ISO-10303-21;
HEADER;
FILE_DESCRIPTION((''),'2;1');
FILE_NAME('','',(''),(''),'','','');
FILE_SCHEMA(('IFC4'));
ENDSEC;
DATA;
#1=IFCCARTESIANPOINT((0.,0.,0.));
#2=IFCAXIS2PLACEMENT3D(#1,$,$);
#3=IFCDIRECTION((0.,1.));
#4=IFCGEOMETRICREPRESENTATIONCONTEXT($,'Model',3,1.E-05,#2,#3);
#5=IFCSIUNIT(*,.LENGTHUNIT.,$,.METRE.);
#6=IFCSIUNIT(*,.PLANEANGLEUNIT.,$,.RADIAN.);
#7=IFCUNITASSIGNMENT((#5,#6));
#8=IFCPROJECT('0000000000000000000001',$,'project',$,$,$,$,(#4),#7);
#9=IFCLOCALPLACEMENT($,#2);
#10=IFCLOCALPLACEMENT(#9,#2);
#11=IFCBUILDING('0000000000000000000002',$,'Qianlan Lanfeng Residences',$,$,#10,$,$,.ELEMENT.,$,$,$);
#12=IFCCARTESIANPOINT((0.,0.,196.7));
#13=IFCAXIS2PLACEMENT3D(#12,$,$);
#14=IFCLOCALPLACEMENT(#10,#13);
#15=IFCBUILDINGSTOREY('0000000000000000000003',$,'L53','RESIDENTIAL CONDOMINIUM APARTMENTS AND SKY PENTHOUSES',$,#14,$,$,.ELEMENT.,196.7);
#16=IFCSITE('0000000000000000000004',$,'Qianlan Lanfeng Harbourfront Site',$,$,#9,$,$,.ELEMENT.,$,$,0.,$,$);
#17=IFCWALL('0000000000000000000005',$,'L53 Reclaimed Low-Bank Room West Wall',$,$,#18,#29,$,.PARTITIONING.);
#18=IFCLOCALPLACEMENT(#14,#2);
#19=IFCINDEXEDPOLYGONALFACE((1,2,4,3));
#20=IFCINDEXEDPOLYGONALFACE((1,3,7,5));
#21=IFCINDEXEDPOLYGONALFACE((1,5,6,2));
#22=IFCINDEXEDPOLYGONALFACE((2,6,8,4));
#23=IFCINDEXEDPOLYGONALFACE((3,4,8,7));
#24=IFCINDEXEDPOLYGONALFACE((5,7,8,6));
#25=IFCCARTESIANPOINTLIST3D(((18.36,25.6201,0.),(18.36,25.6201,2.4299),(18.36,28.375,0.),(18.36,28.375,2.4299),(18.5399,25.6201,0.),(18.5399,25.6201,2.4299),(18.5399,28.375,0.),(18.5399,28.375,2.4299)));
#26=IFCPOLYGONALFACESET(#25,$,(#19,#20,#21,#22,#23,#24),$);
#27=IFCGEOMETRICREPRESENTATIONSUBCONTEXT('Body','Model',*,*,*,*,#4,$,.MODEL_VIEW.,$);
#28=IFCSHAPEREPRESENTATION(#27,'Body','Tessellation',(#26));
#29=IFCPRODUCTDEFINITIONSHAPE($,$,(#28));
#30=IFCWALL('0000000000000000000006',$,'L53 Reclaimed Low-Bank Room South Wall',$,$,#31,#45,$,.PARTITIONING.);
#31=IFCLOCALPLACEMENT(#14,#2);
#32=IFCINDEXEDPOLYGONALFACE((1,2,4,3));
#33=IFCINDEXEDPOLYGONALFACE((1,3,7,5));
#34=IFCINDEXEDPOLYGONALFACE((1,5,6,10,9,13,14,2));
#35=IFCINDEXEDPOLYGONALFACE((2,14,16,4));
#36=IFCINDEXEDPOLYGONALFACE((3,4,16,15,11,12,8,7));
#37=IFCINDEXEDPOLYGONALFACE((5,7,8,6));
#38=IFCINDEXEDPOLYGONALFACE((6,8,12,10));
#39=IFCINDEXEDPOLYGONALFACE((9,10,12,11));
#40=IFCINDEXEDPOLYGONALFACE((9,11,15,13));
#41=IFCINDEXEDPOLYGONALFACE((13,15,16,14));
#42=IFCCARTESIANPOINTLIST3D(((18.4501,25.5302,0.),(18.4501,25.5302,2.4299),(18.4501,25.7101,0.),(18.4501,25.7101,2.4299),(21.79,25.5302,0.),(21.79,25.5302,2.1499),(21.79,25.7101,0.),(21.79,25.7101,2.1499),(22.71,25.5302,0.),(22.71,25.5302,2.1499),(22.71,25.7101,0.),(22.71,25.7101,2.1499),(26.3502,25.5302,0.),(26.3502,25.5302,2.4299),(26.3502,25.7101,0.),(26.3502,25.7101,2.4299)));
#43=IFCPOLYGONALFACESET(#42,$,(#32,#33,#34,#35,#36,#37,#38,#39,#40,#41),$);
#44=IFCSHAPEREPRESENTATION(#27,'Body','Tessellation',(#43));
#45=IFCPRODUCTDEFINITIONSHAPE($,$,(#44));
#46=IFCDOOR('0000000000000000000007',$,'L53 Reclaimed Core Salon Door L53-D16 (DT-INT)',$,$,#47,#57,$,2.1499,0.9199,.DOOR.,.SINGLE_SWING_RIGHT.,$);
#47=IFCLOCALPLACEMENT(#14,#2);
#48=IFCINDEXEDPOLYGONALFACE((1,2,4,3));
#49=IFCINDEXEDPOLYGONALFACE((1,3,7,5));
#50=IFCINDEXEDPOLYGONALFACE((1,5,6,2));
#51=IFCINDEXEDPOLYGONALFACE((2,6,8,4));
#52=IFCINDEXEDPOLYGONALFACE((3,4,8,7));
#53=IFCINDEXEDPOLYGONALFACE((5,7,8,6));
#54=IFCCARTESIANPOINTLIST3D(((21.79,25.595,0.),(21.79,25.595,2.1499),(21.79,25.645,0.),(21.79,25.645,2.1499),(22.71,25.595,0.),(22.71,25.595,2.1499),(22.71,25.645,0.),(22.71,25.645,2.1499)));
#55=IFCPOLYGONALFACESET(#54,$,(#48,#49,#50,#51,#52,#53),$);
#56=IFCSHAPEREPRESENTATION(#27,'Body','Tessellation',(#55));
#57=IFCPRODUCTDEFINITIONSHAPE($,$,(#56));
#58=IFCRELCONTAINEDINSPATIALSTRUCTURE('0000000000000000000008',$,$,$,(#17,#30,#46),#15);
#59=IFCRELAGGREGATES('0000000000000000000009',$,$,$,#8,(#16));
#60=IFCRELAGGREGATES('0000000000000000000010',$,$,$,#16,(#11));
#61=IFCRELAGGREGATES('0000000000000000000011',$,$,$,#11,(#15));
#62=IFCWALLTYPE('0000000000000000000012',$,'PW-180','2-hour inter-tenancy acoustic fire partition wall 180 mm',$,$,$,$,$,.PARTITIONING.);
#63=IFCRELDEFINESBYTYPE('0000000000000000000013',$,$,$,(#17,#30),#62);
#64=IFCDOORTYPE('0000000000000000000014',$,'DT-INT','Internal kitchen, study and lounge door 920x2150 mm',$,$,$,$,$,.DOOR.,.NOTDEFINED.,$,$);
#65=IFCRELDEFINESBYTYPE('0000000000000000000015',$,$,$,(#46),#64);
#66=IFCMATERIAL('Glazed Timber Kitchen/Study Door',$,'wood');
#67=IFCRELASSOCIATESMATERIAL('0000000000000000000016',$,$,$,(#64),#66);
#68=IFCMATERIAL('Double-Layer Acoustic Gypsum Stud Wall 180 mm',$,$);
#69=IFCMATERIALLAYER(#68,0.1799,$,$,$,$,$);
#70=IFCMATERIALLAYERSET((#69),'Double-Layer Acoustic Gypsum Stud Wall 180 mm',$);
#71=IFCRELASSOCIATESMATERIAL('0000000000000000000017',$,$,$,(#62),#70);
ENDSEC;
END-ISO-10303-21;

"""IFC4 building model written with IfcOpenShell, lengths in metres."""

from ifc_helpers import new_model, si_unit, direction, frame, frame_2d, origin, place, context, subcontext, project, spatial, rectangle, extrude, material, layer, layer_set, type_object, element, fill, save


model = new_model("IFC4")

# Units and contexts
model_context = context("Model", 3, precision=1e-05, world=origin(), true_north=direction((0.0, 1.0)))
body_context = subcontext(model_context, "Body", "Model", "MODEL_VIEW")
ifc_project = project(units=[si_unit("LENGTHUNIT", "METRE"), si_unit("PLANEANGLEUNIT", "RADIAN")], contexts=[model_context])

# Site, building, storey
site_placement = place(None, origin())
site = spatial("IfcSite", under=ifc_project, at=site_placement, Name="Qianlan Lanfeng Harbourfront Site", CompositionType="ELEMENT", RefElevation=0.0)
building_placement = place(site_placement, origin())
building = spatial("IfcBuilding", under=site, at=building_placement, Name="Qianlan Lanfeng Residences", CompositionType="ELEMENT")
storey_placement = place(building_placement, frame((0.0, 0.0, 196.7)))
storey = spatial("IfcBuildingStorey", under=building, at=storey_placement, Name="L53", Description="RESIDENTIAL CONDOMINIUM APARTMENTS AND SKY PENTHOUSES", CompositionType="ELEMENT", Elevation=196.7)

# Shared definitions
ifc_material_1 = material(Name="Glazed Timber Kitchen/Study Door", Category="wood")
door_type_1 = type_object("IfcDoorType", Name="DT-INT", Description="Internal kitchen, study and lounge door 920x2150 mm", OperationType="NOTDEFINED", PredefinedType="DOOR", material=ifc_material_1)

# Shared definitions
ifc_material_2 = material(Name="Double-Layer Acoustic Gypsum Stud Wall 180 mm")
ifc_layer_1 = layer(ifc_material_2, 0.1799)
ifc_layer_set_1 = layer_set([ifc_layer_1], Name="Double-Layer Acoustic Gypsum Stud Wall 180 mm")
wall_type_1 = type_object("IfcWallType", Name="PW-180", Description="2-hour inter-tenancy acoustic fire partition wall 180 mm", PredefinedType="PARTITIONING", material=ifc_layer_set_1)

# Wall
wall_1_placement = place(storey_placement, frame((18.45, 25.6201, 0.0), z_axis=(0.0, 0.0, 1.0), x_axis=(0.0, 1.0, 0.0)))
element("IfcWall", 1, at=wall_1_placement, inside=storey, type_object=wall_type_1, Name="L53 Reclaimed Low-Bank Room West Wall", PredefinedType="PARTITIONING", context=body_context, shape_type="SweptSolid", body=[
    extrude(rectangle(XDim=2.7549, YDim=0.1799, at=frame_2d((1.3774, 0.0))), origin(), (0.0, 0.0, 1.0), 2.4299),
])

# Wall, opening, door
wall_2_placement = place(storey_placement, frame((18.45, 25.6201, 0.0), z_axis=(0.0, 0.0, 1.0), x_axis=(1.0, 0.0, 0.0)))
wall_2 = element("IfcWall", 2, at=wall_2_placement, inside=storey, type_object=wall_type_1, Name="L53 Reclaimed Low-Bank Room South Wall", PredefinedType="PARTITIONING", context=body_context, shape_type="SweptSolid", body=[
    extrude(rectangle(XDim=7.9001, YDim=0.1799, at=frame_2d((3.9502, 0.0))), origin(), (0.0, 0.0, 1.0), 2.4299),
])
opening_1_placement = place(wall_2_placement, frame((3.3401, 0.0, 0.0)))
opening_1 = element("IfcOpeningElement", 3, at=opening_1_placement, cuts=wall_2, PredefinedType="OPENING", context=body_context, shape_type="SweptSolid", body=[
    extrude(rectangle(XDim=0.9199, YDim=2.1499, at=frame_2d((0.46, 1.075))), frame((0.0, 0.1001, 0.0), z_axis=(0.0, -1.0, 0.0), x_axis=(1.0, 0.0, 0.0)), (0.0, 0.0, 1.0), 0.2),
])
door_1_placement = place(opening_1_placement, origin())
door_1 = element("IfcDoor", 4, at=door_1_placement, inside=storey, type_object=door_type_1, Name="L53 Reclaimed Core Salon Door L53-D16 (DT-INT)", OperationType="SINGLE_SWING_RIGHT", OverallHeight=2.1499, OverallWidth=0.9199, PredefinedType="DOOR", context=body_context, shape_type="SweptSolid", body=[
    extrude(rectangle(XDim=0.9199, YDim=2.1499, at=frame_2d((0.46, 1.075))), frame((0.0, 0.0249, 0.0), z_axis=(0.0, -1.0, 0.0), x_axis=(1.0, 0.0, 0.0)), (0.0, 0.0, 1.0), 0.05),
])
fill(opening_1, door_1)

save(model, "model.ifc")
